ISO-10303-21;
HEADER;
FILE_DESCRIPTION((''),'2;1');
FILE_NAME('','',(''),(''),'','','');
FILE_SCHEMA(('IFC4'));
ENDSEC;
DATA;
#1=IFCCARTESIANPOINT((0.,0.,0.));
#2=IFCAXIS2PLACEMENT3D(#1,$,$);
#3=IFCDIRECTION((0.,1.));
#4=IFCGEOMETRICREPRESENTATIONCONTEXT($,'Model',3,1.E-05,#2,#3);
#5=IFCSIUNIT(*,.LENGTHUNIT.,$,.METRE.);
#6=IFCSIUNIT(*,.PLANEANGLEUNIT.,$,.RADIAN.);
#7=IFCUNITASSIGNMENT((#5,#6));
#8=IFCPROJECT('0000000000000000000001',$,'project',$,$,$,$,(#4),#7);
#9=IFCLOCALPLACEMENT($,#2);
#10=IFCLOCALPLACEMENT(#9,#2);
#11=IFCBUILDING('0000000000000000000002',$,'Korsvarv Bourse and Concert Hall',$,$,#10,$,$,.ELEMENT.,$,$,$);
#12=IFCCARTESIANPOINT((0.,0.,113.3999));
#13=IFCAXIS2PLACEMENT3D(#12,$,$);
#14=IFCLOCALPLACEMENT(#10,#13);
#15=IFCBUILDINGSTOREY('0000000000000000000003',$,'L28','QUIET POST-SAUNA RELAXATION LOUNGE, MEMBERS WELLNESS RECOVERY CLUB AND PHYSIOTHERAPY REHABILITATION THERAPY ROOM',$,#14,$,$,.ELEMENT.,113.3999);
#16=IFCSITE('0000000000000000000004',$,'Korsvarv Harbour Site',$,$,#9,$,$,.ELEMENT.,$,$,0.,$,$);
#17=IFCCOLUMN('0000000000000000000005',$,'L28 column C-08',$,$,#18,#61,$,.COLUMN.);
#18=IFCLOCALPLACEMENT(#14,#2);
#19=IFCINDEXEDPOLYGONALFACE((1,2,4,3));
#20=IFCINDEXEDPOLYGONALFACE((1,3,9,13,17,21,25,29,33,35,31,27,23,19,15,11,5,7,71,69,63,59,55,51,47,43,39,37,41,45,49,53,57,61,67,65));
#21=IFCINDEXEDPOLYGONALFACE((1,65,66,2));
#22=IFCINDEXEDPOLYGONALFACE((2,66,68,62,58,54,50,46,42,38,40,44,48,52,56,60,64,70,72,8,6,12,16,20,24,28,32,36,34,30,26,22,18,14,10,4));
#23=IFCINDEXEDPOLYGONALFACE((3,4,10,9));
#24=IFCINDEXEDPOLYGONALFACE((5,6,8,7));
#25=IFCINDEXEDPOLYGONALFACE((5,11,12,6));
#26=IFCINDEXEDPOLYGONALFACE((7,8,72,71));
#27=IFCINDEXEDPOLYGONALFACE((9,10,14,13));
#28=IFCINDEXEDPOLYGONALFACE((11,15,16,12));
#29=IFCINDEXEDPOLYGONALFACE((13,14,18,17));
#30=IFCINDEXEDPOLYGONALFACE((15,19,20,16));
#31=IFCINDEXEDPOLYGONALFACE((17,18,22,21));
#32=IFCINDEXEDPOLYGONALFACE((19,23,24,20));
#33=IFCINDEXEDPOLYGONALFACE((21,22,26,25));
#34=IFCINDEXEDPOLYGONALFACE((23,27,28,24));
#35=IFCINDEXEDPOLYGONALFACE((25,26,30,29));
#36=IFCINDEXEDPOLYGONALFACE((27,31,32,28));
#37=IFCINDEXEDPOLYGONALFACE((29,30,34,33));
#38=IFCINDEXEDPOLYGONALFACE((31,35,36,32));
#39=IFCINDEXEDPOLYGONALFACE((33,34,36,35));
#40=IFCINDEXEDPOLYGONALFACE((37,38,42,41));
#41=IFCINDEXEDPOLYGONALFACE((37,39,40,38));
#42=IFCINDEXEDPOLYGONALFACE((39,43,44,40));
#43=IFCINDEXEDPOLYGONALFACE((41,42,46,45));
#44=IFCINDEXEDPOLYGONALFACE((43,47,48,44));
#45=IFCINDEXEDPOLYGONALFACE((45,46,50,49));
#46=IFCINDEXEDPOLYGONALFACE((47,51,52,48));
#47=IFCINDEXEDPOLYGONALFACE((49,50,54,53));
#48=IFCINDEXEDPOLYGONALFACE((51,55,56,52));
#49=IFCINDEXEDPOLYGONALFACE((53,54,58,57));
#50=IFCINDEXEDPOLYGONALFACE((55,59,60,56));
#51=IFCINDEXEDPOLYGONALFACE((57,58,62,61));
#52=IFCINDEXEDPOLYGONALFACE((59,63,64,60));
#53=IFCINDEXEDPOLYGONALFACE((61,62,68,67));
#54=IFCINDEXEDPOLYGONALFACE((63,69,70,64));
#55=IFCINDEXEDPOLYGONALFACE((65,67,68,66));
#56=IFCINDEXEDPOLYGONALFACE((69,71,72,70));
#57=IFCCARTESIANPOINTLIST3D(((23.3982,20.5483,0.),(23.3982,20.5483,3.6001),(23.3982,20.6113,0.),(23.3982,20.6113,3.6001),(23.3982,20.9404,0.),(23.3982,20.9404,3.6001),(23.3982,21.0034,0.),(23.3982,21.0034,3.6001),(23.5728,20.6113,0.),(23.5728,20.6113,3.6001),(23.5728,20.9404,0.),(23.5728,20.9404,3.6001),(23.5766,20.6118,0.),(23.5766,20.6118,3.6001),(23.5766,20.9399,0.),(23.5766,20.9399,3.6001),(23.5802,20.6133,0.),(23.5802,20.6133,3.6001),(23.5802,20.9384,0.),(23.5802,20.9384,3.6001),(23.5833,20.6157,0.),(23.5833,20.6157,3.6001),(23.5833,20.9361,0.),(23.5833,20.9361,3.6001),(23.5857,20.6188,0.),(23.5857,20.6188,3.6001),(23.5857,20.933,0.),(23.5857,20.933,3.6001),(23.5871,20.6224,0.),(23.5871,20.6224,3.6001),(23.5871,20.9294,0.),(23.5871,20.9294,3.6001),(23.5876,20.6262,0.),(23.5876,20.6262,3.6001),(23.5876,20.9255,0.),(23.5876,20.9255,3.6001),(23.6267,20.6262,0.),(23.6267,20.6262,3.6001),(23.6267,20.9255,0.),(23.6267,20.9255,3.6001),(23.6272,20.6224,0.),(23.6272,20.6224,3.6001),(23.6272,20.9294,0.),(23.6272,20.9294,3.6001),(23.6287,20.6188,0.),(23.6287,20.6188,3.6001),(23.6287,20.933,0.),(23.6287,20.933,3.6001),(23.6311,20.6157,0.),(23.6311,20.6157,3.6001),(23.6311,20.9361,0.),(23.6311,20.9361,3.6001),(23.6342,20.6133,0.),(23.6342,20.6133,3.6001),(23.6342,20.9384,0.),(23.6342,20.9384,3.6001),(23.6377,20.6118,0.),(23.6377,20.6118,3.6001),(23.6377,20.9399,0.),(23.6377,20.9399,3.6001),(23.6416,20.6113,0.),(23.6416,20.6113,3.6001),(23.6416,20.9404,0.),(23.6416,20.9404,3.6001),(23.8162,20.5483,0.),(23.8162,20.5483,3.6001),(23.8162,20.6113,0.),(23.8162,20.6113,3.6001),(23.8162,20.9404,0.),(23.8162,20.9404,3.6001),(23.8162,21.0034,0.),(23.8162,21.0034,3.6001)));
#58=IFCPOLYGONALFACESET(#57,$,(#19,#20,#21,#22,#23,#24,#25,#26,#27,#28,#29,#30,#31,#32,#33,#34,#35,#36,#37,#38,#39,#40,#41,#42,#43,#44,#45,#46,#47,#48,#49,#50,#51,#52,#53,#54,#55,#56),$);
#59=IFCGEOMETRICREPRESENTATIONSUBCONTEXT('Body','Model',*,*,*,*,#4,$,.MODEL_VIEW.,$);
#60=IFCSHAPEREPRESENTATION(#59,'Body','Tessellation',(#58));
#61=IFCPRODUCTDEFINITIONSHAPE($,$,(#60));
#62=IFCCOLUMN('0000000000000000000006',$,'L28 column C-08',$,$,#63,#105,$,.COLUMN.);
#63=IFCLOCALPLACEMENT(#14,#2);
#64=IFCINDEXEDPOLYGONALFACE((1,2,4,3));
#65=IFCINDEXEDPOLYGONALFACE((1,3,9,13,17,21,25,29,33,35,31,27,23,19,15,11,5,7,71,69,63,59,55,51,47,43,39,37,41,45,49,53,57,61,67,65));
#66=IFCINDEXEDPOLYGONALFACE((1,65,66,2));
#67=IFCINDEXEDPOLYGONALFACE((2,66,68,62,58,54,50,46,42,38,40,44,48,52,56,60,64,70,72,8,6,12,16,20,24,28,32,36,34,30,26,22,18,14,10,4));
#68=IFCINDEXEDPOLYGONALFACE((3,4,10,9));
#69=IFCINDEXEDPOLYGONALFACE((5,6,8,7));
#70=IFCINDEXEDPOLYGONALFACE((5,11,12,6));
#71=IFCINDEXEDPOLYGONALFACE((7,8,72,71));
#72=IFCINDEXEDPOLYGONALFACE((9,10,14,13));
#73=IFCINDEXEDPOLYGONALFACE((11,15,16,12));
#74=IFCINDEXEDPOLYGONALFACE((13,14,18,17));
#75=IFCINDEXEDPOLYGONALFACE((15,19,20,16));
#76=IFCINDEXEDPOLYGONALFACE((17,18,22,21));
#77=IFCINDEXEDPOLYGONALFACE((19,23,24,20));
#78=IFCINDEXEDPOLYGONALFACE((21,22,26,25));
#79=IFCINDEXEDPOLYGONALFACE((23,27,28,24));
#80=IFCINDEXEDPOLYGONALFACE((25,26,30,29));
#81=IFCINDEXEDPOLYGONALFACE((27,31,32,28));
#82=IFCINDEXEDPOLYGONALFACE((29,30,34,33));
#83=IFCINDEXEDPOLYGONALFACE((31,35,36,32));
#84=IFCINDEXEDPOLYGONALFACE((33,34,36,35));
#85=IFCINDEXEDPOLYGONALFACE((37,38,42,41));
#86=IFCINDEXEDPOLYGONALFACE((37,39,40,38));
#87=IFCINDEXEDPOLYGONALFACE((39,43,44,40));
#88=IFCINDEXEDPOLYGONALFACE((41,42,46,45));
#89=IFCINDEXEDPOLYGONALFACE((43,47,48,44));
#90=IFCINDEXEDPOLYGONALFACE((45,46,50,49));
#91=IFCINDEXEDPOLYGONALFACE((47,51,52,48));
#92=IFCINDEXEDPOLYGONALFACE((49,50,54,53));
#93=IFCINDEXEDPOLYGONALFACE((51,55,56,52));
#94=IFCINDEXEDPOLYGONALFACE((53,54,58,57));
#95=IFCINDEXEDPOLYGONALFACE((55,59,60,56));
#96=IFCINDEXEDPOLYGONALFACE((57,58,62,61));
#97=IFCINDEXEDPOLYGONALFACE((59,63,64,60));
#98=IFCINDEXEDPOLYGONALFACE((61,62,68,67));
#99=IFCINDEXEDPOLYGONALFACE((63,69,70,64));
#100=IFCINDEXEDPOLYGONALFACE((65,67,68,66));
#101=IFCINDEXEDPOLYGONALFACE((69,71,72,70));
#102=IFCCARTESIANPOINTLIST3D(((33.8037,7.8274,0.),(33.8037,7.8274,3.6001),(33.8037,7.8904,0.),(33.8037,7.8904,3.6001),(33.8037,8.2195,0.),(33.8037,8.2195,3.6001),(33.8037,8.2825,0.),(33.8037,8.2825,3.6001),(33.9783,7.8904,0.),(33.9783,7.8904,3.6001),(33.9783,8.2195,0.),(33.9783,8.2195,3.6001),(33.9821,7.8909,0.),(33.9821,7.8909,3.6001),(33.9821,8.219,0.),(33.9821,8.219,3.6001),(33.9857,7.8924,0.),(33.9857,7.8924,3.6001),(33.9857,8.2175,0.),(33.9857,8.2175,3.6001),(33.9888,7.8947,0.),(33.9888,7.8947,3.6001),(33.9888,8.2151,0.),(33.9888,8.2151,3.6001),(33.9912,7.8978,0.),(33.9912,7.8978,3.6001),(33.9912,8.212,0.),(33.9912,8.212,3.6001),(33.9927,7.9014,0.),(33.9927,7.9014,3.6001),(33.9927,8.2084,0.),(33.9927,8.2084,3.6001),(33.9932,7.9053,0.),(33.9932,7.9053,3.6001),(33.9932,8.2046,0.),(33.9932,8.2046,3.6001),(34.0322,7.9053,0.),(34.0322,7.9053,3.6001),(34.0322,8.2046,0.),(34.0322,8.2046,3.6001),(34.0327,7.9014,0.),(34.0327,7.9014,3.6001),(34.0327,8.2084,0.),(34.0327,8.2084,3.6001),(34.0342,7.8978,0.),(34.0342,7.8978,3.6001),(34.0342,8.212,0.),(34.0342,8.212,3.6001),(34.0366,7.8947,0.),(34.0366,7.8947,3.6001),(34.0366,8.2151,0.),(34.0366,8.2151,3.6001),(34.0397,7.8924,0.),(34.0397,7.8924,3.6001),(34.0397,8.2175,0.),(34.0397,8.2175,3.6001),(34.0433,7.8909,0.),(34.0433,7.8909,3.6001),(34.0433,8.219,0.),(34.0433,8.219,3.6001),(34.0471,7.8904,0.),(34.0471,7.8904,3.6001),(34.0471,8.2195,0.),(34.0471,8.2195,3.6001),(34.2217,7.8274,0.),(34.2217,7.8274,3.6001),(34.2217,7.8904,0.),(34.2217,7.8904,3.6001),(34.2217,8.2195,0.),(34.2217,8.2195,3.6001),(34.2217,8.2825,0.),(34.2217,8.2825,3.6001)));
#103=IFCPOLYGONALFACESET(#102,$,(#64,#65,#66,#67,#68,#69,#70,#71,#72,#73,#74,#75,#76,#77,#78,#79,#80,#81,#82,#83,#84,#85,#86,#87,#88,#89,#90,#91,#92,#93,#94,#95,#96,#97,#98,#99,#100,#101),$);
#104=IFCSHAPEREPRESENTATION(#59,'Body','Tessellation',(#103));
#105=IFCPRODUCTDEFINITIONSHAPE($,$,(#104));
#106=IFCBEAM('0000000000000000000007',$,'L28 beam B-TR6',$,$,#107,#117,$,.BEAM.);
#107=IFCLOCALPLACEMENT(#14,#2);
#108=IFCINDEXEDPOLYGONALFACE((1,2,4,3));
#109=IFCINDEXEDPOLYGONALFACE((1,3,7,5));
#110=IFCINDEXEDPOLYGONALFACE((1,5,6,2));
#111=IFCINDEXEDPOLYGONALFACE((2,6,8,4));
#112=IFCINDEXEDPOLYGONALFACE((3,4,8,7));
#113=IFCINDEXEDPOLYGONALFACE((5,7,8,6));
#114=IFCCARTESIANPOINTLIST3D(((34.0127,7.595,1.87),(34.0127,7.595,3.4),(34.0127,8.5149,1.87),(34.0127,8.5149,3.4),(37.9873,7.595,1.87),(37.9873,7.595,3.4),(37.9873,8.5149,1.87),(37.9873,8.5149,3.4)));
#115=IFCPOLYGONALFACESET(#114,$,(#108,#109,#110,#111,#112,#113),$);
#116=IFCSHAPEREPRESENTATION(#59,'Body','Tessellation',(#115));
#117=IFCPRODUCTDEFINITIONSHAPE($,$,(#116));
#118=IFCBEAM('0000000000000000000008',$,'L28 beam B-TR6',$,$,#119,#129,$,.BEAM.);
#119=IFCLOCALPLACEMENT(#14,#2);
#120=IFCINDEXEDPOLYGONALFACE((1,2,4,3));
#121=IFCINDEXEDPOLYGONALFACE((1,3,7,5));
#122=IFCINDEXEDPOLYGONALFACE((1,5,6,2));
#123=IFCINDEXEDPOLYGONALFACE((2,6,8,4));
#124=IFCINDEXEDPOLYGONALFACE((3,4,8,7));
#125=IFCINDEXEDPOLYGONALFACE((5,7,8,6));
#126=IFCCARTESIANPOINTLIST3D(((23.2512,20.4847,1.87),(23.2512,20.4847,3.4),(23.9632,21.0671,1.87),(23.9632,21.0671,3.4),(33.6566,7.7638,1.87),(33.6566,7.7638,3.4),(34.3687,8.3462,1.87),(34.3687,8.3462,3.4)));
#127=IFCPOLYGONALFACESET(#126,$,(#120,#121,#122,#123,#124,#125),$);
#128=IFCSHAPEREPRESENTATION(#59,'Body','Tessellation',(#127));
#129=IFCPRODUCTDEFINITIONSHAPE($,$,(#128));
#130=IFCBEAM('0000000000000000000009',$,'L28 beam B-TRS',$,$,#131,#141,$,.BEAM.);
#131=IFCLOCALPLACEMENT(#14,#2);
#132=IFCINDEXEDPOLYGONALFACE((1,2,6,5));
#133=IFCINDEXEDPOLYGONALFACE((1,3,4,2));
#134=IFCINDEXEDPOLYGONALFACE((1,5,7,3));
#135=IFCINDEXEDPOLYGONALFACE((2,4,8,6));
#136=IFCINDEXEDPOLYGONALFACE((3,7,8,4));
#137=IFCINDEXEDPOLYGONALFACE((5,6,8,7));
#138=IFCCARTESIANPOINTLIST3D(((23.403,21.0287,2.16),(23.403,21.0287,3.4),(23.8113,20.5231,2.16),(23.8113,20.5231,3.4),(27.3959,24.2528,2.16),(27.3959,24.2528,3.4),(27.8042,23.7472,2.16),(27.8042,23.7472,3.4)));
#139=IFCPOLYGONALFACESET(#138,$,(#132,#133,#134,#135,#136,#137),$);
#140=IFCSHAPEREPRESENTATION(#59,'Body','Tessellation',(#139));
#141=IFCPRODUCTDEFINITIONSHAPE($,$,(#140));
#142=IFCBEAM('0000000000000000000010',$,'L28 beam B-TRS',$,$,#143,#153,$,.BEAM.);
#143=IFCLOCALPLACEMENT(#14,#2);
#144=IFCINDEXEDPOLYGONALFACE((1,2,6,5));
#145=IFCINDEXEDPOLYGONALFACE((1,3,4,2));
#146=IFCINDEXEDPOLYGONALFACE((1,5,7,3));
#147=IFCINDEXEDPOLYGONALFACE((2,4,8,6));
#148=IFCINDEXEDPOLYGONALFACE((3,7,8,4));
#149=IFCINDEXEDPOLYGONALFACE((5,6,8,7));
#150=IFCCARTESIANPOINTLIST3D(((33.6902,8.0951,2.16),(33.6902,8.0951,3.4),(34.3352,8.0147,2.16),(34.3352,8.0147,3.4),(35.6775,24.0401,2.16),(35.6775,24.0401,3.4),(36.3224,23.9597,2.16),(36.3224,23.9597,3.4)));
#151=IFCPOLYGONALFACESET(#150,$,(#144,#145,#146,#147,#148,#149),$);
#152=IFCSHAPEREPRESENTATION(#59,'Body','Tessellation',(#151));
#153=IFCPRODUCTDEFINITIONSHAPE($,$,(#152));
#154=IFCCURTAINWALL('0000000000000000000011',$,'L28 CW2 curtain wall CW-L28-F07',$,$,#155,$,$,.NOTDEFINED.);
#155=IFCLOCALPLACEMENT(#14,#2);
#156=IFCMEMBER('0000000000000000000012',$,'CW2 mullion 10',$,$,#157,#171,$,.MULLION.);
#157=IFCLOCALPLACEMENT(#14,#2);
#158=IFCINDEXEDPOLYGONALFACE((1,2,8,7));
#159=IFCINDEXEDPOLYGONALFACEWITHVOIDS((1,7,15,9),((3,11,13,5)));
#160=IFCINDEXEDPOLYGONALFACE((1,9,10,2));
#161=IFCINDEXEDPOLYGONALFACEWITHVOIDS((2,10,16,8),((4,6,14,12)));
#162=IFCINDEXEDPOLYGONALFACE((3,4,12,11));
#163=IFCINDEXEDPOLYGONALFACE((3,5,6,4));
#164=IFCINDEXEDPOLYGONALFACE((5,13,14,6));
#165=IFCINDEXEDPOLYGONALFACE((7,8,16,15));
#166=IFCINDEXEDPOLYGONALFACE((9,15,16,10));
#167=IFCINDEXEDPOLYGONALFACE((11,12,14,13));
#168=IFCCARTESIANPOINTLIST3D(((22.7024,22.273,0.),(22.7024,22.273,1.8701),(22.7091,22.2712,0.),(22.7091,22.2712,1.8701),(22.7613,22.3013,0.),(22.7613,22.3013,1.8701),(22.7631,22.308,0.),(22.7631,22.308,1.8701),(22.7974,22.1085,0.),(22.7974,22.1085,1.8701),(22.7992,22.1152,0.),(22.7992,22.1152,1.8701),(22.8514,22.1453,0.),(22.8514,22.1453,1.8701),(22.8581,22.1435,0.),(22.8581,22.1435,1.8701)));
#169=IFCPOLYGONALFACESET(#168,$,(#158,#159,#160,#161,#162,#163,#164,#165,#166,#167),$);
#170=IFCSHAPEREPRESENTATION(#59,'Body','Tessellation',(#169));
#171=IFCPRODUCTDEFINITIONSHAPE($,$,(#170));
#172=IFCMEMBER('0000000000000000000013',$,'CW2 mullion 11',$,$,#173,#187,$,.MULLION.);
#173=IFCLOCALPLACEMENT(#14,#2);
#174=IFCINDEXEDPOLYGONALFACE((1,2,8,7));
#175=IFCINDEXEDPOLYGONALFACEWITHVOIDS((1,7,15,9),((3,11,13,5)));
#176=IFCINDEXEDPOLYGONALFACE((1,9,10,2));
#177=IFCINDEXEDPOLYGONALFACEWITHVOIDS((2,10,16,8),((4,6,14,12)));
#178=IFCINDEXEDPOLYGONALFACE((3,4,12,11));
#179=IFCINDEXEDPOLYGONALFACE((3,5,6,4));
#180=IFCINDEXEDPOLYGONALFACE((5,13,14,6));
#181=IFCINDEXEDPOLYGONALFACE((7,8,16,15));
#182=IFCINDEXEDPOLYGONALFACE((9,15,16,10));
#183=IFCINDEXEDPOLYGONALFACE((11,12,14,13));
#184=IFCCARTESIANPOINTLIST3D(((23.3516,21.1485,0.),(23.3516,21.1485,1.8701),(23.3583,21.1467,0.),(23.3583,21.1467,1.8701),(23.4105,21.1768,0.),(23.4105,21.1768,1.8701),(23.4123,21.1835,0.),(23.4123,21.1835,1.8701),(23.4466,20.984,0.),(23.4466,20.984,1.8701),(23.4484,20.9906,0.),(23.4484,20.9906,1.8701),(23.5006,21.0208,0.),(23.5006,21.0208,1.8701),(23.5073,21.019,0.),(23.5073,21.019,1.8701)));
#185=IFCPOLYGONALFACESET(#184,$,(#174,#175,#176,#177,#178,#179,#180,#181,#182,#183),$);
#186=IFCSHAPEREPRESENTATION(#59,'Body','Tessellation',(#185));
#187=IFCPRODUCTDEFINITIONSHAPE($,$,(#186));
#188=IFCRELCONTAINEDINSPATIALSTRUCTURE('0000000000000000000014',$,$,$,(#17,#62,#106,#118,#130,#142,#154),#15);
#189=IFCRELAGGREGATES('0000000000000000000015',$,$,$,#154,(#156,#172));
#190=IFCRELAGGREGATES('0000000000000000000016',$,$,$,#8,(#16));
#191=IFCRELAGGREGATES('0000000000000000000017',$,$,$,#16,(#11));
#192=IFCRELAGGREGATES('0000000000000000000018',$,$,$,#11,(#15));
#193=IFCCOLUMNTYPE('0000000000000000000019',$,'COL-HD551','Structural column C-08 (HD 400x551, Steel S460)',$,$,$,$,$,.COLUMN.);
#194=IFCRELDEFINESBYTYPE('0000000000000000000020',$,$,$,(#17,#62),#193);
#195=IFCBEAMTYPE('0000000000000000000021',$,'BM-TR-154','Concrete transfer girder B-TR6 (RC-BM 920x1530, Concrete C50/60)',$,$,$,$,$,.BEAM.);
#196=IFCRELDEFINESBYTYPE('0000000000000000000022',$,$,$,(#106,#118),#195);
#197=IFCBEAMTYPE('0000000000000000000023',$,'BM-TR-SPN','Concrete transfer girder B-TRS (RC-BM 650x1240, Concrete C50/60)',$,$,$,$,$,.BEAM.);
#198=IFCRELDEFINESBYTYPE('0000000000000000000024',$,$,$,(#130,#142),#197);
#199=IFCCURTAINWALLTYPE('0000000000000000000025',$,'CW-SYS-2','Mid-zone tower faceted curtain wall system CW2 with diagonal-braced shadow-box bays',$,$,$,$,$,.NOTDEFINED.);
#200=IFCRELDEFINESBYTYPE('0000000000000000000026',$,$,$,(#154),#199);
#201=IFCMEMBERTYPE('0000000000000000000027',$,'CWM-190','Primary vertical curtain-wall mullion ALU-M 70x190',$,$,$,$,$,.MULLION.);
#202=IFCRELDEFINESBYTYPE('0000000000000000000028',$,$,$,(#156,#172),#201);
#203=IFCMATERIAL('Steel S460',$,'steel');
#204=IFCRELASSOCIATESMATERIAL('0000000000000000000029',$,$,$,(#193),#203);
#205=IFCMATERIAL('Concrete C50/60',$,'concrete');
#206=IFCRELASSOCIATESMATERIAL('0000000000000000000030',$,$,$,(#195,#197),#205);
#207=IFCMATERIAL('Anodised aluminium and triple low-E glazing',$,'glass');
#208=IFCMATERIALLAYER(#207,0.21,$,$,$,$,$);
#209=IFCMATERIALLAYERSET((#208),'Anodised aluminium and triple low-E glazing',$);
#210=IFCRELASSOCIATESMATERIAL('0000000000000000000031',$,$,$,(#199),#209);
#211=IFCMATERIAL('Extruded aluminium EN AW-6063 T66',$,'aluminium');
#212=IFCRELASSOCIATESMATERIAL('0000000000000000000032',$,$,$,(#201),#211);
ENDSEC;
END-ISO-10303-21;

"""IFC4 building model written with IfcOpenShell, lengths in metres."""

from ifc_helpers import new_model, si_unit, direction, frame, origin, origin_2d, place, context, subcontext, project, spatial, rectangle, hollow_rectangle, i_section, extrude, source, transform, mapped, material, layer, layer_set, material_profile, profile_set, type_object, element, aggregate, save


model = new_model("IFC4")

# Units and contexts
model_context = context("Model", 3, precision=1e-05, world=origin(), true_north=direction((0.0, 1.0)))
body_context = subcontext(model_context, "Body", "Model", "MODEL_VIEW")
ifc_project = project(units=[si_unit("LENGTHUNIT", "METRE"), si_unit("PLANEANGLEUNIT", "RADIAN")], contexts=[model_context])

# Site, building, storey
site_placement = place(None, origin())
site = spatial("IfcSite", under=ifc_project, at=site_placement, Name="Korsvarv Harbour Site", CompositionType="ELEMENT", RefElevation=0.0)
building_placement = place(site_placement, origin())
building = spatial("IfcBuilding", under=site, at=building_placement, Name="Korsvarv Bourse and Concert Hall", CompositionType="ELEMENT")
storey_placement = place(building_placement, frame((0.0, 0.0, 113.3999)))
storey = spatial("IfcBuildingStorey", under=building, at=storey_placement, Name="L28", Description="QUIET POST-SAUNA RELAXATION LOUNGE, MEMBERS WELLNESS RECOVERY CLUB AND PHYSIOTHERAPY REHABILITATION THERAPY ROOM", CompositionType="ELEMENT", Elevation=113.3999)

# Columns
ifc_material_1 = material(Name="Steel S460", Category="steel")
ifc_material_profile_1 = material_profile(ifc_material_1, i_section(OverallWidth=0.418, OverallDepth=0.4551, WebThickness=0.0391, FlangeThickness=0.063, FilletRadius=0.0149, at=origin_2d()), Name="HD 400x551")
ifc_profile_set_1 = profile_set([ifc_material_profile_1], Name="Steel S460")
column_type = type_object("IfcColumnType", Name="COL-HD551", Description="Structural column C-08 (HD 400x551, Steel S460)", PredefinedType="COLUMN", material=ifc_profile_set_1)
shared_shape_1 = source(origin(), body_context, "Body", "SweptSolid", [
    extrude(i_section(OverallWidth=0.418, OverallDepth=0.4551, WebThickness=0.0391, FlangeThickness=0.063, FilletRadius=0.0149, at=origin_2d()), origin(), (0.0, 0.0, 1.0), 3.6001),
])
for number, where, z_axis, x_axis, name in (
    (1, (23.6072, 20.7759, 0.0), (0.0, 0.0, 1.0), (1.0, 0.0, 0.0), "L28 column C-08"),
    (2, (34.0127, 8.0549, 0.0), (0.0, 0.0, 1.0), (1.0, 0.0, 0.0), "L28 column C-08"),
):
    element("IfcColumn", number, at=place(storey_placement, frame(where, z_axis=z_axis, x_axis=x_axis)), inside=storey, type_object=column_type, Name=name, PredefinedType="COLUMN", context=body_context, shape_type="MappedRepresentation", body=[
        mapped(shared_shape_1, transform((0.0, 0.0, 0.0), scale=1.0)),
    ])

# Beams
ifc_material_2 = material(Name="Concrete C50/60", Category="concrete")
ifc_material_profile_2 = material_profile(ifc_material_2, rectangle(XDim=0.9199, YDim=1.53, at=origin_2d()), Name="RC-BM 920x1530")
ifc_profile_set_2 = profile_set([ifc_material_profile_2], Name="Concrete C50/60")
beam_type_1 = type_object("IfcBeamType", Name="BM-TR-154", Description="Concrete transfer girder B-TR6 (RC-BM 920x1530, Concrete C50/60)", PredefinedType="BEAM", material=ifc_profile_set_2)
shared_shape_2 = source(origin(), body_context, "Body", "SweptSolid", [
    extrude(rectangle(XDim=0.9199, YDim=1.53, at=origin_2d()), origin(), (0.0, 0.0, 1.0), 3.9746),
])
beam_1_placement = place(storey_placement, frame((34.0127, 8.0549, 2.635), z_axis=(1.0, 0.0, 0.0), x_axis=(0.0, 1.0, 0.0)))
element("IfcBeam", 3, at=beam_1_placement, inside=storey, type_object=beam_type_1, Name="L28 beam B-TR6", PredefinedType="BEAM", context=body_context, shape_type="MappedRepresentation", body=[
    mapped(shared_shape_2, transform((0.0, 0.0, 0.0), scale=1.0)),
])
shared_shape_3 = source(origin(), body_context, "Body", "SweptSolid", [
    extrude(rectangle(XDim=0.9199, YDim=1.53, at=origin_2d()), origin(), (0.0, 0.0, 1.0), 16.4346),
])
beam_2_placement = place(storey_placement, frame((23.6072, 20.7759, 2.635), z_axis=(0.633146, -0.774033, 0.0), x_axis=(0.774033, 0.633146, 0.0)))
element("IfcBeam", 4, at=beam_2_placement, inside=storey, type_object=beam_type_1, Name="L28 beam B-TR6", PredefinedType="BEAM", context=body_context, shape_type="MappedRepresentation", body=[
    mapped(shared_shape_3, transform((0.0, 0.0, 0.0), scale=1.0)),
])
ifc_material_profile_3 = material_profile(ifc_material_2, rectangle(XDim=0.6499, YDim=1.24, at=origin_2d()), Name="RC-BM 650x1240")
ifc_profile_set_3 = profile_set([ifc_material_profile_3], Name="Concrete C50/60")
beam_type_2 = type_object("IfcBeamType", Name="BM-TR-SPN", Description="Concrete transfer girder B-TRS (RC-BM 650x1240, Concrete C50/60)", PredefinedType="BEAM", material=ifc_profile_set_3)
shared_shape_4 = source(origin(), body_context, "Body", "SweptSolid", [
    extrude(rectangle(XDim=0.6499, YDim=1.24, at=origin_2d()), origin(), (0.0, 0.0, 1.0), 5.1321),
])
beam_3_placement = place(storey_placement, frame((23.6072, 20.7759, 2.78), z_axis=(0.77803, 0.628227, 0.0), x_axis=(-0.628227, 0.77803, 0.0)))
element("IfcBeam", 5, at=beam_3_placement, inside=storey, type_object=beam_type_2, Name="L28 beam B-TRS", PredefinedType="BEAM", context=body_context, shape_type="MappedRepresentation", body=[
    mapped(shared_shape_4, transform((0.0, 0.0, 0.0), scale=1.0)),
])
shared_shape_5 = source(origin(), body_context, "Body", "SweptSolid", [
    extrude(rectangle(XDim=0.6499, YDim=1.24, at=origin_2d()), origin(), (0.0, 0.0, 1.0), 16.0684),
])
beam_4_placement = place(storey_placement, frame((34.0127, 8.0549, 2.78), z_axis=(0.123678, 0.992322, 0.0), x_axis=(-0.992322, 0.123678, 0.0)))
element("IfcBeam", 6, at=beam_4_placement, inside=storey, type_object=beam_type_2, Name="L28 beam B-TRS", PredefinedType="BEAM", context=body_context, shape_type="MappedRepresentation", body=[
    mapped(shared_shape_5, transform((0.0, 0.0, 0.0), scale=1.0)),
])

# Curtain wall, members
ifc_material_3 = material(Name="Anodised aluminium and triple low-E glazing", Category="glass")
ifc_layer_1 = layer(ifc_material_3, 0.21)
ifc_layer_set_1 = layer_set([ifc_layer_1], Name="Anodised aluminium and triple low-E glazing")
curtain_wall_type = type_object("IfcCurtainWallType", Name="CW-SYS-2", Description="Mid-zone tower faceted curtain wall system CW2 with diagonal-braced shadow-box bays", PredefinedType="NOTDEFINED", material=ifc_layer_set_1)
curtain_wall_placement = place(storey_placement, origin())
curtain_wall = element("IfcCurtainWall", 7, at=curtain_wall_placement, inside=storey, type_object=curtain_wall_type, Name="L28 CW2 curtain wall CW-L28-F07", PredefinedType="NOTDEFINED")
ifc_material_4 = material(Name="Extruded aluminium EN AW-6063 T66", Category="aluminium")
ifc_material_profile_4 = material_profile(ifc_material_4, hollow_rectangle(XDim=0.0701, YDim=0.1899, WallThickness=0.0049, at=origin_2d()), Name="ALU-M 70x190")
ifc_profile_set_4 = profile_set([ifc_material_profile_4], Name="Extruded aluminium EN AW-6063 T66")
member_type_1 = type_object("IfcMemberType", Name="CWM-190", Description="Primary vertical curtain-wall mullion ALU-M 70x190", PredefinedType="MULLION", material=ifc_profile_set_4)
shared_shape_6 = source(origin(), body_context, "Body", "SweptSolid", [
    extrude(hollow_rectangle(XDim=0.0701, YDim=0.1899, WallThickness=0.0049, at=origin_2d()), origin(), (0.0, 0.0, 1.0), 1.8701),
])
member_1_placement = place(storey_placement, frame((22.7803, 22.2083, 0.0), z_axis=(0.0, 0.0, 1.0), x_axis=(0.866022, 0.500006, 0.0)))
member_1 = element("IfcMember", 8, at=member_1_placement, type_object=member_type_1, Name="CW2 mullion 10", PredefinedType="MULLION", context=body_context, shape_type="MappedRepresentation", body=[
    mapped(shared_shape_6, transform((0.0, 0.0, 0.0), scale=1.0)),
])
member_2_placement = place(storey_placement, frame((23.4294, 21.0837, 0.0), z_axis=(0.0, 0.0, 1.0), x_axis=(0.866022, 0.500006, 0.0)))
member_2 = element("IfcMember", 9, at=member_2_placement, type_object=member_type_1, Name="CW2 mullion 11", PredefinedType="MULLION", context=body_context, shape_type="MappedRepresentation", body=[
    mapped(shared_shape_6, transform((0.0, 0.0, 0.0), scale=1.0)),
])
aggregate(curtain_wall, [member_1, member_2])

save(model, "model.ifc")
